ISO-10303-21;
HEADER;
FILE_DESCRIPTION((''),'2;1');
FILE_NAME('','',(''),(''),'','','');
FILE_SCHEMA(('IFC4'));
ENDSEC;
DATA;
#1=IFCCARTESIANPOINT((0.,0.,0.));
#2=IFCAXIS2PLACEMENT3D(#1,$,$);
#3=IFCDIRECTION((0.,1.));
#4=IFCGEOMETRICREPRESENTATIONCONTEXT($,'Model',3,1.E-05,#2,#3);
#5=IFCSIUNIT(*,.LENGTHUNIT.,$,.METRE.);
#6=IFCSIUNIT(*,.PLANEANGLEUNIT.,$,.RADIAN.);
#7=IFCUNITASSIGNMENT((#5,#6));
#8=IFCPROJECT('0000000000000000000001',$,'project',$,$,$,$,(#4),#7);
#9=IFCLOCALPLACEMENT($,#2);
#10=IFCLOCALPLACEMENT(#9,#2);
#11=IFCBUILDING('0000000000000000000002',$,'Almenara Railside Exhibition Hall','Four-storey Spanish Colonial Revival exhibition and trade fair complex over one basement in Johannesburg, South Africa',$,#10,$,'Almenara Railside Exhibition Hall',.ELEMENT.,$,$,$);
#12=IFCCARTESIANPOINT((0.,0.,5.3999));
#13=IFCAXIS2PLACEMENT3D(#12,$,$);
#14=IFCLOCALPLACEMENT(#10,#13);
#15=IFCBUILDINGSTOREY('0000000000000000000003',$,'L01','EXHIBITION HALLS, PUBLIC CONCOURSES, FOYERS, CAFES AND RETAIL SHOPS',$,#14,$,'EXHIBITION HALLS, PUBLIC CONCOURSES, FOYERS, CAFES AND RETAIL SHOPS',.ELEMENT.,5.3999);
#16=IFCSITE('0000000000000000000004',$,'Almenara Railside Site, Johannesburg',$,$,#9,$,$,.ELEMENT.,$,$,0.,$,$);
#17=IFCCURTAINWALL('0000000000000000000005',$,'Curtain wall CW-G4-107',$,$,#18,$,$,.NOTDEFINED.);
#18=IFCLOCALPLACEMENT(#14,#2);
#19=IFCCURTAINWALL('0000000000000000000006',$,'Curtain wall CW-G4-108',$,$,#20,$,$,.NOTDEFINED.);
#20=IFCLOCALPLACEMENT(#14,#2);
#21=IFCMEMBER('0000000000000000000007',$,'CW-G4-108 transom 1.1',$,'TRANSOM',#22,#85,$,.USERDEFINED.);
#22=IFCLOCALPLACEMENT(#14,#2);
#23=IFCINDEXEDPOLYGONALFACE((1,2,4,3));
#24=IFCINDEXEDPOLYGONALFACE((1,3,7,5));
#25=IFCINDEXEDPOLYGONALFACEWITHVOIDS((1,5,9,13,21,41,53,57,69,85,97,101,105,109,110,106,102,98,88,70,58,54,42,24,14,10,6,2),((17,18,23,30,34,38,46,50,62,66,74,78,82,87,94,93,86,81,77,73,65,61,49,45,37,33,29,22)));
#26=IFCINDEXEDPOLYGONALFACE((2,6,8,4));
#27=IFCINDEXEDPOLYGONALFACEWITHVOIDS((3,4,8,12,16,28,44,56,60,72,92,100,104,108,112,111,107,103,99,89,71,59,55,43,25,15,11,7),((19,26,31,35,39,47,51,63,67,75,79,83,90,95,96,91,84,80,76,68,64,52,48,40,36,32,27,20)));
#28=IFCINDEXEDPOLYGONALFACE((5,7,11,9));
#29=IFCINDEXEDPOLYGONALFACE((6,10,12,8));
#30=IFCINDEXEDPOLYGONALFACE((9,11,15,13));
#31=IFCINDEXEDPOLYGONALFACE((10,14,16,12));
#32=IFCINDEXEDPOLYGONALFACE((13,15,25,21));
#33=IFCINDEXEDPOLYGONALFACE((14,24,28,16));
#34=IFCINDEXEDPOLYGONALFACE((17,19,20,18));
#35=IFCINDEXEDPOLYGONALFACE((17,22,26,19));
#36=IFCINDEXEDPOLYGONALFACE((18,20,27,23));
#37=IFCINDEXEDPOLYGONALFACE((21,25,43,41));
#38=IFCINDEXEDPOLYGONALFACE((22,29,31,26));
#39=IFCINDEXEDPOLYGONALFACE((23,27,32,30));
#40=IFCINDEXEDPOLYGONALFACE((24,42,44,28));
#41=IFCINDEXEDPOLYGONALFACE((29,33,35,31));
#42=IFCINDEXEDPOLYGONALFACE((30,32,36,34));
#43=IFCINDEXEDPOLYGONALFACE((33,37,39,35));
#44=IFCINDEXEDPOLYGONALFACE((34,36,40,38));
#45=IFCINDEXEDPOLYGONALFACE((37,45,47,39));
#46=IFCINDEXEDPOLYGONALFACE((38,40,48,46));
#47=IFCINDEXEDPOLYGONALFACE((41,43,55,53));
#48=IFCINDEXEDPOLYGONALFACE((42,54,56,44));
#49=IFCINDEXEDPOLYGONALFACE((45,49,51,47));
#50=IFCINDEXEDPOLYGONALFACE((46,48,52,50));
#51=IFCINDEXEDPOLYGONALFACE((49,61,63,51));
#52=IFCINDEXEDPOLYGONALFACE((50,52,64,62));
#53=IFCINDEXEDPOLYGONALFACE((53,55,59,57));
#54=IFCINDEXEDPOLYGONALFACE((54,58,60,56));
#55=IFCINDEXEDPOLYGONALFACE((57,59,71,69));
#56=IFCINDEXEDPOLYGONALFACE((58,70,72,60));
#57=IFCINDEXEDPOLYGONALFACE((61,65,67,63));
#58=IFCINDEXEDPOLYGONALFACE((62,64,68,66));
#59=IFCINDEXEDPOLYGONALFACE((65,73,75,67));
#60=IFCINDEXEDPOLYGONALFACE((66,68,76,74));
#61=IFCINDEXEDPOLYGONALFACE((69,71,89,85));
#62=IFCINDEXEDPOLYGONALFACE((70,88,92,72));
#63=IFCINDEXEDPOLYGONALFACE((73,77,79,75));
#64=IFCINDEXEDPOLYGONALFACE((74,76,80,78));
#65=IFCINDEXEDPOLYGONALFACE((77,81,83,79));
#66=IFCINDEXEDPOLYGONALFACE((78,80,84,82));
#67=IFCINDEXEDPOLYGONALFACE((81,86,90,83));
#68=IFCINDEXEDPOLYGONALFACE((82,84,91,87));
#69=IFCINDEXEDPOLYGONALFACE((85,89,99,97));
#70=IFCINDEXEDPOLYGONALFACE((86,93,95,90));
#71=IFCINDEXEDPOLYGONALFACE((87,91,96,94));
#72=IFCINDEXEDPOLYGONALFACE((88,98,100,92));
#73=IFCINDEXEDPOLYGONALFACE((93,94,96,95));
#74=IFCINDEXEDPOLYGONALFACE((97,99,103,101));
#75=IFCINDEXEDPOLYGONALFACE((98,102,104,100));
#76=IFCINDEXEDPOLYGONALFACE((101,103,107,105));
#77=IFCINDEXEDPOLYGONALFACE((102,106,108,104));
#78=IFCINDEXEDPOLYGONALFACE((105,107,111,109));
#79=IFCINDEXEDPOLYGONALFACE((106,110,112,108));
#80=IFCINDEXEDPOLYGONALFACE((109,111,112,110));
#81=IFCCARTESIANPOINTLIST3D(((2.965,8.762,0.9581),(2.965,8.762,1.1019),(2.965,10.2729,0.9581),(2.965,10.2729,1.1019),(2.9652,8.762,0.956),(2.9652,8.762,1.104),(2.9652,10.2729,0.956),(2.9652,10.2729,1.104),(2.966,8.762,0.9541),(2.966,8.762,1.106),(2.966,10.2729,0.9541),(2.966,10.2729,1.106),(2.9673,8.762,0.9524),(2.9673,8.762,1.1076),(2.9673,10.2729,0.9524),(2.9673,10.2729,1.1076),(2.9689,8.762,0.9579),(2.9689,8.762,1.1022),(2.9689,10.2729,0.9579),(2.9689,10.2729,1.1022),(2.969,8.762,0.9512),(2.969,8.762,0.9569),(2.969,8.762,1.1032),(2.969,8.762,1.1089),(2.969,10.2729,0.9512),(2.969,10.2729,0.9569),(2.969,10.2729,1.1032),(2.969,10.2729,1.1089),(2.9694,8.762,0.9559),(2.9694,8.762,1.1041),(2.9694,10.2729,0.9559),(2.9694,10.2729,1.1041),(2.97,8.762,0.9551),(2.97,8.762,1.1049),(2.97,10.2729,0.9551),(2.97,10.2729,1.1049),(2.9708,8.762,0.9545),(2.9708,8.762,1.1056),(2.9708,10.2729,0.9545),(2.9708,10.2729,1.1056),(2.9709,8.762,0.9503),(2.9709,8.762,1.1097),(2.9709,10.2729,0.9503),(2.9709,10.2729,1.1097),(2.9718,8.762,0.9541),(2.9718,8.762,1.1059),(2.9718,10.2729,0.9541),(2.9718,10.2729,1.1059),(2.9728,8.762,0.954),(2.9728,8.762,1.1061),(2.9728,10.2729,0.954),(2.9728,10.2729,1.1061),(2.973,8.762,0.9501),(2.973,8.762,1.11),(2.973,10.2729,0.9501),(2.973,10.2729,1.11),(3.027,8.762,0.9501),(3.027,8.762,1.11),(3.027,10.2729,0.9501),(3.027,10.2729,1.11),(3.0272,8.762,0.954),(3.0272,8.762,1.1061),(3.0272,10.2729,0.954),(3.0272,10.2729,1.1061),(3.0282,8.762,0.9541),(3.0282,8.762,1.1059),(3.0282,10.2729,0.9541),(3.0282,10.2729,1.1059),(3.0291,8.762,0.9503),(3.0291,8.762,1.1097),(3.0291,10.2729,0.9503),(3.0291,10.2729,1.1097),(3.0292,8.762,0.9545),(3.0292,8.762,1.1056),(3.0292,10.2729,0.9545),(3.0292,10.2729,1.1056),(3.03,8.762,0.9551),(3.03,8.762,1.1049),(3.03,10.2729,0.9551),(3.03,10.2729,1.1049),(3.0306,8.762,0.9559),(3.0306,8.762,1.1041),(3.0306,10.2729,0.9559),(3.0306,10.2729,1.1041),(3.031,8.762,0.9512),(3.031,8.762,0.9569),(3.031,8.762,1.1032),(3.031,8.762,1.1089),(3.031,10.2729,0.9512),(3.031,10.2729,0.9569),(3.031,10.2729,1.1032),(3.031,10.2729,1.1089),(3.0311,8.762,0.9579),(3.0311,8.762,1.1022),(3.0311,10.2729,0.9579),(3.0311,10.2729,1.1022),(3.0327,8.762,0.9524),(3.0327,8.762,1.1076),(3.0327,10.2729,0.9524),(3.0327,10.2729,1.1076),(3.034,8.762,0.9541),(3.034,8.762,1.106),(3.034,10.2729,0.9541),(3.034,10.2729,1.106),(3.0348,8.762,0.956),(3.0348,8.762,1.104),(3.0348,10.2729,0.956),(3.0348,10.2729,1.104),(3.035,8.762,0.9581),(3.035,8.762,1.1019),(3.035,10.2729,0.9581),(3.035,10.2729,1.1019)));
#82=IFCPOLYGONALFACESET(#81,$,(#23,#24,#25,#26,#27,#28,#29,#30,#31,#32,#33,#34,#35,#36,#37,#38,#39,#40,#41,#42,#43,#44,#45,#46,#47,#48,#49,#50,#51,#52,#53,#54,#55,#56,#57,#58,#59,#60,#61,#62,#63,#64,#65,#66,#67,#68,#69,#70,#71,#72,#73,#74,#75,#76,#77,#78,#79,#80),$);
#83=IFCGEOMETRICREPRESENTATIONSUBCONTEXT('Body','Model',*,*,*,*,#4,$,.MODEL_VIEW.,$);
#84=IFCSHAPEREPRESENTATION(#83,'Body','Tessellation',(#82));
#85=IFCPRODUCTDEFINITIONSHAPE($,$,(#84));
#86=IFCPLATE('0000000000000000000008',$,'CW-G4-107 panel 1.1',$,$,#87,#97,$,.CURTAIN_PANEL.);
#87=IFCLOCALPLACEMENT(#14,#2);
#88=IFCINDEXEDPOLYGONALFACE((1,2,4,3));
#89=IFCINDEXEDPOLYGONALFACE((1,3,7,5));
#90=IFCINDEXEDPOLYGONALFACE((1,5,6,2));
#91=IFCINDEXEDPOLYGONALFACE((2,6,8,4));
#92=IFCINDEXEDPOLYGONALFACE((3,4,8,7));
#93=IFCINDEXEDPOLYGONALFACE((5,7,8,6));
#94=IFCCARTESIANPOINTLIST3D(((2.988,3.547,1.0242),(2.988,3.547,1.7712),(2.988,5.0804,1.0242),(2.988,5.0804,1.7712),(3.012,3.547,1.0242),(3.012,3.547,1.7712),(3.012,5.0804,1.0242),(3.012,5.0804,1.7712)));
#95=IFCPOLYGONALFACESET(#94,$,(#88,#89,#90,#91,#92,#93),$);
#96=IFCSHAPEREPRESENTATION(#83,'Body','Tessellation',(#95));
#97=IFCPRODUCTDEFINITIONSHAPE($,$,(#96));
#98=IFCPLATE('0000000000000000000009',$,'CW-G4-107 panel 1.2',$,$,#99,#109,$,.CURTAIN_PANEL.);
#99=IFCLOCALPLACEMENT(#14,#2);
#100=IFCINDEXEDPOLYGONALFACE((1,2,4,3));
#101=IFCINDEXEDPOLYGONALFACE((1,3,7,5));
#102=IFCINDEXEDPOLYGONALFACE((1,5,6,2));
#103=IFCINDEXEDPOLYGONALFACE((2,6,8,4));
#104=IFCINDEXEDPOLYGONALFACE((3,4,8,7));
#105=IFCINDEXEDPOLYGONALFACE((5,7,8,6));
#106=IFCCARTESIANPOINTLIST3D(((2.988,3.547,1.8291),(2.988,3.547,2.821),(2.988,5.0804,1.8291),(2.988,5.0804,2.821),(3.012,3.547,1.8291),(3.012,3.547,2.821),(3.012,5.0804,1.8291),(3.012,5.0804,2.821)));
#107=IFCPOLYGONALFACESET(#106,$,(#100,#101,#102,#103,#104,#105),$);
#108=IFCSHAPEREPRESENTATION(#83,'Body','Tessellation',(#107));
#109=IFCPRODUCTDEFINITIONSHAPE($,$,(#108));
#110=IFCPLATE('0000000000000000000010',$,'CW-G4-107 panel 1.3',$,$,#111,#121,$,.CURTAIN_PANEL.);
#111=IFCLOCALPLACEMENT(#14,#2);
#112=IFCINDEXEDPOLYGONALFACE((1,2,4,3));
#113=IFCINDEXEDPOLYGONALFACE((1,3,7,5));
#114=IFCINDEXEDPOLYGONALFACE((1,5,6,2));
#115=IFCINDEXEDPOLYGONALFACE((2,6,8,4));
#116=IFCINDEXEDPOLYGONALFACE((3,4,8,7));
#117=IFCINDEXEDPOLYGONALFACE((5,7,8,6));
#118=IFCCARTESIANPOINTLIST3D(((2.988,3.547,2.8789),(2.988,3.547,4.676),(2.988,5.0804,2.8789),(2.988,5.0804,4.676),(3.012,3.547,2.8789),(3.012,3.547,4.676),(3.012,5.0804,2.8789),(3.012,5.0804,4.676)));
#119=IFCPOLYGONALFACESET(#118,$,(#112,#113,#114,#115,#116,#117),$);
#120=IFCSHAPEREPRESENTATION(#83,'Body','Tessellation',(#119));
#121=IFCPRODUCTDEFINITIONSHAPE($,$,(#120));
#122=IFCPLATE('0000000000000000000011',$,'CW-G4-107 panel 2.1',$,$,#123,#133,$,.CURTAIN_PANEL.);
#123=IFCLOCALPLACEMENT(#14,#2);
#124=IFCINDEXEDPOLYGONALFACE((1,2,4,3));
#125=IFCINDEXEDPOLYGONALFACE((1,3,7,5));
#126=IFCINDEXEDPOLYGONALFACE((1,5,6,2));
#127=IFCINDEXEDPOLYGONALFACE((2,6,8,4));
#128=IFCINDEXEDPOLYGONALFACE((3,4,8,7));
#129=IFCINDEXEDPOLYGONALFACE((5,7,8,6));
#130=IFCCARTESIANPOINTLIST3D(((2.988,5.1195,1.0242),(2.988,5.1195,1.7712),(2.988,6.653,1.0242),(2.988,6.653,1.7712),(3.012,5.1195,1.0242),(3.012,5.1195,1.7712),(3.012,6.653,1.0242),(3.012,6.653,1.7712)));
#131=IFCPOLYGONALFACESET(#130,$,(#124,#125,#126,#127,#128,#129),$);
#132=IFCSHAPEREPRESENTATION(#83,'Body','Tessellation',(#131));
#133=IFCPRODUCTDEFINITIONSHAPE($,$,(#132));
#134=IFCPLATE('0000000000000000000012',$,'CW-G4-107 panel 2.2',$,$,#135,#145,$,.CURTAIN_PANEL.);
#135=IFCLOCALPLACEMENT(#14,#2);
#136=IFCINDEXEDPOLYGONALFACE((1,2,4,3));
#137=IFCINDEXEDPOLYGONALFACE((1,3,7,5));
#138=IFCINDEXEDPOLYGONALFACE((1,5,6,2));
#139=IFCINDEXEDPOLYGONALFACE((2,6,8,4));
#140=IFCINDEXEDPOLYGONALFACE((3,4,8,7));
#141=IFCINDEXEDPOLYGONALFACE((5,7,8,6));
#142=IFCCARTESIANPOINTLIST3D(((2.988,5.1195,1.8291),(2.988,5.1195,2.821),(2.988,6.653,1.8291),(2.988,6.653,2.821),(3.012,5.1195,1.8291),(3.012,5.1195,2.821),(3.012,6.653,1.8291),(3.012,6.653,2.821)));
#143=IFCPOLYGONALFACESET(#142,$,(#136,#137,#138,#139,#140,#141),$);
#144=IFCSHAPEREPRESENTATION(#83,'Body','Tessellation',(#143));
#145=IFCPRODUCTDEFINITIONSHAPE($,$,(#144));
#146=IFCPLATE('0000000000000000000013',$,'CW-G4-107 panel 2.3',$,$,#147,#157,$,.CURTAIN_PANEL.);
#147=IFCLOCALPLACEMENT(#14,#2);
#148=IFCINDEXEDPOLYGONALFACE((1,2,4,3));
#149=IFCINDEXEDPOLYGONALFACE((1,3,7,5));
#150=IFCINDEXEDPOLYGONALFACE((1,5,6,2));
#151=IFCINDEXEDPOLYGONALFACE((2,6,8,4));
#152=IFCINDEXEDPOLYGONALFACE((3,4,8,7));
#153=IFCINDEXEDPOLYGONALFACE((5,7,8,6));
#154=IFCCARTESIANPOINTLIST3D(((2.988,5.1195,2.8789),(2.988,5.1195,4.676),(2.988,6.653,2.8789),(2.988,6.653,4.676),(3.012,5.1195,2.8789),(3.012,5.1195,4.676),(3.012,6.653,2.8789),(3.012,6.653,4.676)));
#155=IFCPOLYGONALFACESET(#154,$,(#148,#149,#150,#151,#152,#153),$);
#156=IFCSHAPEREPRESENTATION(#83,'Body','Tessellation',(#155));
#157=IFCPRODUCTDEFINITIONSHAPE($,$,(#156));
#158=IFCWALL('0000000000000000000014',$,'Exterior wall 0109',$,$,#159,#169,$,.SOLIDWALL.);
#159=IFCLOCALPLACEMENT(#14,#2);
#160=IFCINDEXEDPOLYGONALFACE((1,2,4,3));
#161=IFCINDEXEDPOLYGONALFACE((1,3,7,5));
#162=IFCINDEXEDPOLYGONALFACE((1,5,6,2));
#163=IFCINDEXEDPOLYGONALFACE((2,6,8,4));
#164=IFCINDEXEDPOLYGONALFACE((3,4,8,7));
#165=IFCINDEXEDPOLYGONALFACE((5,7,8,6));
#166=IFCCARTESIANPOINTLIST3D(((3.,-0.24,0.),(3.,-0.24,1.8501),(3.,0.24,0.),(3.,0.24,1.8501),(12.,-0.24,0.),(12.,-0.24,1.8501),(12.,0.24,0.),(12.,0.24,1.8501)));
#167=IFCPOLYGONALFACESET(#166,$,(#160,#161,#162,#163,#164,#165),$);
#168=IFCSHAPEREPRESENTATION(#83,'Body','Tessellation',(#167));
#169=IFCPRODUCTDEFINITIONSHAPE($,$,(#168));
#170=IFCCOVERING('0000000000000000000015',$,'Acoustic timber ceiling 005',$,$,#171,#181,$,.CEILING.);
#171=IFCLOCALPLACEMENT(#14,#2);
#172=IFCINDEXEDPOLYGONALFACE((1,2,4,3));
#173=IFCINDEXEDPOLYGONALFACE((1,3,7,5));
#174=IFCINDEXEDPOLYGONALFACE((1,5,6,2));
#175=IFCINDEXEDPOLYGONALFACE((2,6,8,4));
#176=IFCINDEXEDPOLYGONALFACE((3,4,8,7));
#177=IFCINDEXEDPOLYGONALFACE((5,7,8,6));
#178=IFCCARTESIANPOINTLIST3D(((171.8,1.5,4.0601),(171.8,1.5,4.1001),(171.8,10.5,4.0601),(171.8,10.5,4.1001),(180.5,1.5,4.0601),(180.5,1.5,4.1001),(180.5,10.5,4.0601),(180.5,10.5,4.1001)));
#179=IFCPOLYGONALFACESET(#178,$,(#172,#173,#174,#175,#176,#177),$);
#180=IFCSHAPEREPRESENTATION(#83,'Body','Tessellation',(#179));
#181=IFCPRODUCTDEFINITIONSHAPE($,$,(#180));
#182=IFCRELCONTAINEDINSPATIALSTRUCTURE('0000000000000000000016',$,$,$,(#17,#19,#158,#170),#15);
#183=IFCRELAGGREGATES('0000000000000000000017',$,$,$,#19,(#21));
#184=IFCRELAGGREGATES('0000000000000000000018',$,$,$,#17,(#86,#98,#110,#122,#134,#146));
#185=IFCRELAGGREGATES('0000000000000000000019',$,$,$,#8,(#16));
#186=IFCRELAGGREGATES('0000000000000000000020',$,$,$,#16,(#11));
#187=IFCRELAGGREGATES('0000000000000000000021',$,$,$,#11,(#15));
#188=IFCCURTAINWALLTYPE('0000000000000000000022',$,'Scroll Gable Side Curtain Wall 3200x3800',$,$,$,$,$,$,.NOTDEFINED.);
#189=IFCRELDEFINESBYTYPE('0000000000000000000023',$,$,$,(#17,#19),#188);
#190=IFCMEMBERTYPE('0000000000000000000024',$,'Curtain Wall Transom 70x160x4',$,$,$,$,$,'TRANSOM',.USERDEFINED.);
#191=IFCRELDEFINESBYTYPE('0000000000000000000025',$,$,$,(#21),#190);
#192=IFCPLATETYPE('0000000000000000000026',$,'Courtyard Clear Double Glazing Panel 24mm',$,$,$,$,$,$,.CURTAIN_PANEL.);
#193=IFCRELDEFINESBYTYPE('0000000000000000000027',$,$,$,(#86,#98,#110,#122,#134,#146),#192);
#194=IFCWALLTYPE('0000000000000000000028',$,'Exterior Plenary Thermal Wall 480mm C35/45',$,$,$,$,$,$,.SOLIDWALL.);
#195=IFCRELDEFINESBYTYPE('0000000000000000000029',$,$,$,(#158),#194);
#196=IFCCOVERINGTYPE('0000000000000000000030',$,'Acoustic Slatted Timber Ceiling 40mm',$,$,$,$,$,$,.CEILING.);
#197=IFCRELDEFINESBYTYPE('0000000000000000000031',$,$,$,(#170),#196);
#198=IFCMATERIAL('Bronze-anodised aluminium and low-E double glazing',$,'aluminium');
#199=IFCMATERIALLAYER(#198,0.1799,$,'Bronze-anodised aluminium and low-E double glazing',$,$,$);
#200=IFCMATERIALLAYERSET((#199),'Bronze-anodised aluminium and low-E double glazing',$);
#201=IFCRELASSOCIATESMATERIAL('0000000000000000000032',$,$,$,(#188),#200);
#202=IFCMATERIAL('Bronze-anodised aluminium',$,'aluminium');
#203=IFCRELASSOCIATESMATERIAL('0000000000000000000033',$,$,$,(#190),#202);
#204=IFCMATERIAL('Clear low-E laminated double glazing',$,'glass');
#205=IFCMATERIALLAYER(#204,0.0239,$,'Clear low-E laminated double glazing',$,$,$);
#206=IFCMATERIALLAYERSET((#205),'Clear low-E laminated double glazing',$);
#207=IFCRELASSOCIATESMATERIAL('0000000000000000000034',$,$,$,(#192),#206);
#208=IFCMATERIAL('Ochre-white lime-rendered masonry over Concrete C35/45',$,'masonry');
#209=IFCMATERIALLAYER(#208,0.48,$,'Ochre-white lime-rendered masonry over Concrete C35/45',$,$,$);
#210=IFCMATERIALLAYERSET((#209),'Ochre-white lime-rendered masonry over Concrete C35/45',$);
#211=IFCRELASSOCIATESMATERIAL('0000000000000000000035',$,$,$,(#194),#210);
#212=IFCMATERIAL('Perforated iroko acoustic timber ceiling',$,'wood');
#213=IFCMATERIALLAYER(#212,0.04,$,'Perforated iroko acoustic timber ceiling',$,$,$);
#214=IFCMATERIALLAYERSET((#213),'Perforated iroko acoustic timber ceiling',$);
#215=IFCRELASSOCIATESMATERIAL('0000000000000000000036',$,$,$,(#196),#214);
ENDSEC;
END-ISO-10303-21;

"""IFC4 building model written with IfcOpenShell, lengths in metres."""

from ifc_helpers import new_model, si_unit, direction, frame, frame_2d, origin, origin_2d, place, context, subcontext, project, spatial, polyline, rectangle, hollow_rectangle, outline, extrude, material, layer, layer_set, material_profile, profile_set, type_object, element, aggregate, save


model = new_model("IFC4")

# Units and contexts
model_context = context("Model", 3, precision=1e-05, world=origin(), true_north=direction((0.0, 1.0)))
body_context = subcontext(model_context, "Body", "Model", "MODEL_VIEW")
ifc_project = project(units=[si_unit("LENGTHUNIT", "METRE"), si_unit("PLANEANGLEUNIT", "RADIAN")], contexts=[model_context])

# Site, building, storey
site_placement = place(None, origin())
site = spatial("IfcSite", under=ifc_project, at=site_placement, Name="Almenara Railside Site, Johannesburg", CompositionType="ELEMENT", RefElevation=0.0)
building_placement = place(site_placement, origin())
building = spatial("IfcBuilding", under=site, at=building_placement, Name="Almenara Railside Exhibition Hall", Description="Four-storey Spanish Colonial Revival exhibition and trade fair complex over one basement in Johannesburg, South Africa", LongName="Almenara Railside Exhibition Hall", CompositionType="ELEMENT")
storey_placement = place(building_placement, frame((0.0, 0.0, 5.3999)))
storey = spatial("IfcBuildingStorey", under=building, at=storey_placement, Name="L01", Description="EXHIBITION HALLS, PUBLIC CONCOURSES, FOYERS, CAFES AND RETAIL SHOPS", LongName="EXHIBITION HALLS, PUBLIC CONCOURSES, FOYERS, CAFES AND RETAIL SHOPS", CompositionType="ELEMENT", Elevation=5.3999)

# Curtain wall
ifc_material_1 = material(Name="Bronze-anodised aluminium and low-E double glazing", Category="aluminium")
ifc_layer_1 = layer(ifc_material_1, 0.1799, Name="Bronze-anodised aluminium and low-E double glazing")
ifc_layer_set_1 = layer_set([ifc_layer_1], Name="Bronze-anodised aluminium and low-E double glazing")
curtain_wall_type = type_object("IfcCurtainWallType", Name="Scroll Gable Side Curtain Wall 3200x3800", PredefinedType="NOTDEFINED", material=ifc_layer_set_1)
curtain_wall_1_placement = place(storey_placement, origin())
curtain_wall_1 = element("IfcCurtainWall", 1, at=curtain_wall_1_placement, inside=storey, type_object=curtain_wall_type, Name="Curtain wall CW-G4-107", PredefinedType="NOTDEFINED")
ifc_material_2 = material(Name="Bronze-anodised aluminium", Category="aluminium")

# Curtain wall
curtain_wall_2_placement = place(storey_placement, origin())
curtain_wall_2 = element("IfcCurtainWall", 2, at=curtain_wall_2_placement, inside=storey, type_object=curtain_wall_type, Name="Curtain wall CW-G4-108", PredefinedType="NOTDEFINED")

# Member
ifc_material_profile_1 = material_profile(ifc_material_2, hollow_rectangle(XDim=0.0701, YDim=0.1599, WallThickness=0.0039, InnerFilletRadius=0.0039, OuterFilletRadius=0.0081, at=origin_2d()), Name="ALU-TRN 70x160x4")
ifc_profile_set_1 = profile_set([ifc_material_profile_1], Name="Bronze-anodised aluminium")
member_type_1 = type_object("IfcMemberType", Name="Curtain Wall Transom 70x160x4", ElementType="TRANSOM", PredefinedType="USERDEFINED", material=ifc_profile_set_1)
member_1_placement = place(storey_placement, frame((3.0, 8.762, 1.03), z_axis=(0.0, 1.0, 0.0), x_axis=(-1.0, 0.0, 0.0)))
member_1 = element("IfcMember", 3, at=member_1_placement, type_object=member_type_1, Name="CW-G4-108 transom 1.1", ObjectType="TRANSOM", PredefinedType="USERDEFINED", context=body_context, shape_type="SweptSolid", body=[
    extrude(hollow_rectangle(XDim=0.0701, YDim=0.1599, WallThickness=0.0039, InnerFilletRadius=0.0039, OuterFilletRadius=0.0081, at=origin_2d()), origin(), (0.0, 0.0, 1.0), 1.511),
])
aggregate(curtain_wall_2, [member_1])

# Plates
ifc_material_3 = material(Name="Clear low-E laminated double glazing", Category="glass")
ifc_layer_2 = layer(ifc_material_3, 0.0239, Name="Clear low-E laminated double glazing")
ifc_layer_set_2 = layer_set([ifc_layer_2], Name="Clear low-E laminated double glazing")
plate_type = type_object("IfcPlateType", Name="Courtyard Clear Double Glazing Panel 24mm", PredefinedType="CURTAIN_PANEL", material=ifc_layer_set_2)
plate_1_placement = place(storey_placement, frame((3.0, 4.3137, 1.0242), z_axis=(0.0, 0.0, 1.0), x_axis=(0.0, 1.0, 0.0)))
plate_1 = element("IfcPlate", 4, at=plate_1_placement, type_object=plate_type, Name="CW-G4-107 panel 1.1", PredefinedType="CURTAIN_PANEL", context=body_context, shape_type="SweptSolid", body=[
    extrude(rectangle(XDim=1.5334, YDim=0.0239, at=origin_2d()), origin(), (0.0, 0.0, 1.0), 0.7471),
])
plate_2_placement = place(storey_placement, frame((3.0, 4.3137, 1.8291), z_axis=(0.0, 0.0, 1.0), x_axis=(0.0, 1.0, 0.0)))
plate_2 = element("IfcPlate", 5, at=plate_2_placement, type_object=plate_type, Name="CW-G4-107 panel 1.2", PredefinedType="CURTAIN_PANEL", context=body_context, shape_type="SweptSolid", body=[
    extrude(rectangle(XDim=1.5334, YDim=0.0239, at=origin_2d()), origin(), (0.0, 0.0, 1.0), 0.9919),
])
plate_3_placement = place(storey_placement, frame((3.0, 4.3137, 2.8789), z_axis=(0.0, 0.0, 1.0), x_axis=(0.0, 1.0, 0.0)))
plate_3 = element("IfcPlate", 6, at=plate_3_placement, type_object=plate_type, Name="CW-G4-107 panel 1.3", PredefinedType="CURTAIN_PANEL", context=body_context, shape_type="SweptSolid", body=[
    extrude(rectangle(XDim=1.5334, YDim=0.0239, at=origin_2d()), origin(), (0.0, 0.0, 1.0), 1.7971),
])
plate_4_placement = place(storey_placement, frame((3.0, 5.8862, 1.0242), z_axis=(0.0, 0.0, 1.0), x_axis=(0.0, 1.0, 0.0)))
plate_4 = element("IfcPlate", 7, at=plate_4_placement, type_object=plate_type, Name="CW-G4-107 panel 2.1", PredefinedType="CURTAIN_PANEL", context=body_context, shape_type="SweptSolid", body=[
    extrude(rectangle(XDim=1.5334, YDim=0.0239, at=origin_2d()), origin(), (0.0, 0.0, 1.0), 0.7471),
])
plate_5_placement = place(storey_placement, frame((3.0, 5.8862, 1.8291), z_axis=(0.0, 0.0, 1.0), x_axis=(0.0, 1.0, 0.0)))
plate_5 = element("IfcPlate", 8, at=plate_5_placement, type_object=plate_type, Name="CW-G4-107 panel 2.2", PredefinedType="CURTAIN_PANEL", context=body_context, shape_type="SweptSolid", body=[
    extrude(rectangle(XDim=1.5334, YDim=0.0239, at=origin_2d()), origin(), (0.0, 0.0, 1.0), 0.9919),
])
plate_6_placement = place(storey_placement, frame((3.0, 5.8862, 2.8789), z_axis=(0.0, 0.0, 1.0), x_axis=(0.0, 1.0, 0.0)))
plate_6 = element("IfcPlate", 9, at=plate_6_placement, type_object=plate_type, Name="CW-G4-107 panel 2.3", PredefinedType="CURTAIN_PANEL", context=body_context, shape_type="SweptSolid", body=[
    extrude(rectangle(XDim=1.5334, YDim=0.0239, at=origin_2d()), origin(), (0.0, 0.0, 1.0), 1.7971),
])
aggregate(curtain_wall_1, [plate_1, plate_2, plate_3, plate_4, plate_5, plate_6])

# Wall
ifc_material_4 = material(Name="Ochre-white lime-rendered masonry over Concrete C35/45", Category="masonry")
ifc_layer_3 = layer(ifc_material_4, 0.48, Name="Ochre-white lime-rendered masonry over Concrete C35/45")
ifc_layer_set_3 = layer_set([ifc_layer_3], Name="Ochre-white lime-rendered masonry over Concrete C35/45")
wall_type = type_object("IfcWallType", Name="Exterior Plenary Thermal Wall 480mm C35/45", PredefinedType="SOLIDWALL", material=ifc_layer_set_3)
wall_placement = place(storey_placement, frame((3.0, 0.0, 0.0), z_axis=(0.0, 0.0, 1.0), x_axis=(1.0, 0.0, 0.0)))
element("IfcWall", 10, at=wall_placement, inside=storey, type_object=wall_type, Name="Exterior wall 0109", PredefinedType="SOLIDWALL", context=body_context, shape_type="SweptSolid", body=[
    extrude(rectangle(XDim=9.0, YDim=0.48, at=frame_2d((4.5, 0.0))), origin(), (0.0, 0.0, 1.0), 1.8501),
])

# Covering
ifc_material_5 = material(Name="Perforated iroko acoustic timber ceiling", Category="wood")
ifc_layer_4 = layer(ifc_material_5, 0.04, Name="Perforated iroko acoustic timber ceiling")
ifc_layer_set_4 = layer_set([ifc_layer_4], Name="Perforated iroko acoustic timber ceiling")
covering_type = type_object("IfcCoveringType", Name="Acoustic Slatted Timber Ceiling 40mm", PredefinedType="CEILING", material=ifc_layer_set_4)
covering_placement = place(storey_placement, frame((0.0, 0.0, 4.0601)))
element("IfcCovering", 11, at=covering_placement, inside=storey, type_object=covering_type, Name="Acoustic timber ceiling 005", PredefinedType="CEILING", context=body_context, shape_type="SweptSolid", body=[
    extrude(outline(polyline([(171.8, 1.5), (180.5, 1.5), (180.5, 10.5), (171.8, 10.5), (171.8, 1.5)])), origin(), (0.0, 0.0, 1.0), 0.04),
])

save(model, "model.ifc")
